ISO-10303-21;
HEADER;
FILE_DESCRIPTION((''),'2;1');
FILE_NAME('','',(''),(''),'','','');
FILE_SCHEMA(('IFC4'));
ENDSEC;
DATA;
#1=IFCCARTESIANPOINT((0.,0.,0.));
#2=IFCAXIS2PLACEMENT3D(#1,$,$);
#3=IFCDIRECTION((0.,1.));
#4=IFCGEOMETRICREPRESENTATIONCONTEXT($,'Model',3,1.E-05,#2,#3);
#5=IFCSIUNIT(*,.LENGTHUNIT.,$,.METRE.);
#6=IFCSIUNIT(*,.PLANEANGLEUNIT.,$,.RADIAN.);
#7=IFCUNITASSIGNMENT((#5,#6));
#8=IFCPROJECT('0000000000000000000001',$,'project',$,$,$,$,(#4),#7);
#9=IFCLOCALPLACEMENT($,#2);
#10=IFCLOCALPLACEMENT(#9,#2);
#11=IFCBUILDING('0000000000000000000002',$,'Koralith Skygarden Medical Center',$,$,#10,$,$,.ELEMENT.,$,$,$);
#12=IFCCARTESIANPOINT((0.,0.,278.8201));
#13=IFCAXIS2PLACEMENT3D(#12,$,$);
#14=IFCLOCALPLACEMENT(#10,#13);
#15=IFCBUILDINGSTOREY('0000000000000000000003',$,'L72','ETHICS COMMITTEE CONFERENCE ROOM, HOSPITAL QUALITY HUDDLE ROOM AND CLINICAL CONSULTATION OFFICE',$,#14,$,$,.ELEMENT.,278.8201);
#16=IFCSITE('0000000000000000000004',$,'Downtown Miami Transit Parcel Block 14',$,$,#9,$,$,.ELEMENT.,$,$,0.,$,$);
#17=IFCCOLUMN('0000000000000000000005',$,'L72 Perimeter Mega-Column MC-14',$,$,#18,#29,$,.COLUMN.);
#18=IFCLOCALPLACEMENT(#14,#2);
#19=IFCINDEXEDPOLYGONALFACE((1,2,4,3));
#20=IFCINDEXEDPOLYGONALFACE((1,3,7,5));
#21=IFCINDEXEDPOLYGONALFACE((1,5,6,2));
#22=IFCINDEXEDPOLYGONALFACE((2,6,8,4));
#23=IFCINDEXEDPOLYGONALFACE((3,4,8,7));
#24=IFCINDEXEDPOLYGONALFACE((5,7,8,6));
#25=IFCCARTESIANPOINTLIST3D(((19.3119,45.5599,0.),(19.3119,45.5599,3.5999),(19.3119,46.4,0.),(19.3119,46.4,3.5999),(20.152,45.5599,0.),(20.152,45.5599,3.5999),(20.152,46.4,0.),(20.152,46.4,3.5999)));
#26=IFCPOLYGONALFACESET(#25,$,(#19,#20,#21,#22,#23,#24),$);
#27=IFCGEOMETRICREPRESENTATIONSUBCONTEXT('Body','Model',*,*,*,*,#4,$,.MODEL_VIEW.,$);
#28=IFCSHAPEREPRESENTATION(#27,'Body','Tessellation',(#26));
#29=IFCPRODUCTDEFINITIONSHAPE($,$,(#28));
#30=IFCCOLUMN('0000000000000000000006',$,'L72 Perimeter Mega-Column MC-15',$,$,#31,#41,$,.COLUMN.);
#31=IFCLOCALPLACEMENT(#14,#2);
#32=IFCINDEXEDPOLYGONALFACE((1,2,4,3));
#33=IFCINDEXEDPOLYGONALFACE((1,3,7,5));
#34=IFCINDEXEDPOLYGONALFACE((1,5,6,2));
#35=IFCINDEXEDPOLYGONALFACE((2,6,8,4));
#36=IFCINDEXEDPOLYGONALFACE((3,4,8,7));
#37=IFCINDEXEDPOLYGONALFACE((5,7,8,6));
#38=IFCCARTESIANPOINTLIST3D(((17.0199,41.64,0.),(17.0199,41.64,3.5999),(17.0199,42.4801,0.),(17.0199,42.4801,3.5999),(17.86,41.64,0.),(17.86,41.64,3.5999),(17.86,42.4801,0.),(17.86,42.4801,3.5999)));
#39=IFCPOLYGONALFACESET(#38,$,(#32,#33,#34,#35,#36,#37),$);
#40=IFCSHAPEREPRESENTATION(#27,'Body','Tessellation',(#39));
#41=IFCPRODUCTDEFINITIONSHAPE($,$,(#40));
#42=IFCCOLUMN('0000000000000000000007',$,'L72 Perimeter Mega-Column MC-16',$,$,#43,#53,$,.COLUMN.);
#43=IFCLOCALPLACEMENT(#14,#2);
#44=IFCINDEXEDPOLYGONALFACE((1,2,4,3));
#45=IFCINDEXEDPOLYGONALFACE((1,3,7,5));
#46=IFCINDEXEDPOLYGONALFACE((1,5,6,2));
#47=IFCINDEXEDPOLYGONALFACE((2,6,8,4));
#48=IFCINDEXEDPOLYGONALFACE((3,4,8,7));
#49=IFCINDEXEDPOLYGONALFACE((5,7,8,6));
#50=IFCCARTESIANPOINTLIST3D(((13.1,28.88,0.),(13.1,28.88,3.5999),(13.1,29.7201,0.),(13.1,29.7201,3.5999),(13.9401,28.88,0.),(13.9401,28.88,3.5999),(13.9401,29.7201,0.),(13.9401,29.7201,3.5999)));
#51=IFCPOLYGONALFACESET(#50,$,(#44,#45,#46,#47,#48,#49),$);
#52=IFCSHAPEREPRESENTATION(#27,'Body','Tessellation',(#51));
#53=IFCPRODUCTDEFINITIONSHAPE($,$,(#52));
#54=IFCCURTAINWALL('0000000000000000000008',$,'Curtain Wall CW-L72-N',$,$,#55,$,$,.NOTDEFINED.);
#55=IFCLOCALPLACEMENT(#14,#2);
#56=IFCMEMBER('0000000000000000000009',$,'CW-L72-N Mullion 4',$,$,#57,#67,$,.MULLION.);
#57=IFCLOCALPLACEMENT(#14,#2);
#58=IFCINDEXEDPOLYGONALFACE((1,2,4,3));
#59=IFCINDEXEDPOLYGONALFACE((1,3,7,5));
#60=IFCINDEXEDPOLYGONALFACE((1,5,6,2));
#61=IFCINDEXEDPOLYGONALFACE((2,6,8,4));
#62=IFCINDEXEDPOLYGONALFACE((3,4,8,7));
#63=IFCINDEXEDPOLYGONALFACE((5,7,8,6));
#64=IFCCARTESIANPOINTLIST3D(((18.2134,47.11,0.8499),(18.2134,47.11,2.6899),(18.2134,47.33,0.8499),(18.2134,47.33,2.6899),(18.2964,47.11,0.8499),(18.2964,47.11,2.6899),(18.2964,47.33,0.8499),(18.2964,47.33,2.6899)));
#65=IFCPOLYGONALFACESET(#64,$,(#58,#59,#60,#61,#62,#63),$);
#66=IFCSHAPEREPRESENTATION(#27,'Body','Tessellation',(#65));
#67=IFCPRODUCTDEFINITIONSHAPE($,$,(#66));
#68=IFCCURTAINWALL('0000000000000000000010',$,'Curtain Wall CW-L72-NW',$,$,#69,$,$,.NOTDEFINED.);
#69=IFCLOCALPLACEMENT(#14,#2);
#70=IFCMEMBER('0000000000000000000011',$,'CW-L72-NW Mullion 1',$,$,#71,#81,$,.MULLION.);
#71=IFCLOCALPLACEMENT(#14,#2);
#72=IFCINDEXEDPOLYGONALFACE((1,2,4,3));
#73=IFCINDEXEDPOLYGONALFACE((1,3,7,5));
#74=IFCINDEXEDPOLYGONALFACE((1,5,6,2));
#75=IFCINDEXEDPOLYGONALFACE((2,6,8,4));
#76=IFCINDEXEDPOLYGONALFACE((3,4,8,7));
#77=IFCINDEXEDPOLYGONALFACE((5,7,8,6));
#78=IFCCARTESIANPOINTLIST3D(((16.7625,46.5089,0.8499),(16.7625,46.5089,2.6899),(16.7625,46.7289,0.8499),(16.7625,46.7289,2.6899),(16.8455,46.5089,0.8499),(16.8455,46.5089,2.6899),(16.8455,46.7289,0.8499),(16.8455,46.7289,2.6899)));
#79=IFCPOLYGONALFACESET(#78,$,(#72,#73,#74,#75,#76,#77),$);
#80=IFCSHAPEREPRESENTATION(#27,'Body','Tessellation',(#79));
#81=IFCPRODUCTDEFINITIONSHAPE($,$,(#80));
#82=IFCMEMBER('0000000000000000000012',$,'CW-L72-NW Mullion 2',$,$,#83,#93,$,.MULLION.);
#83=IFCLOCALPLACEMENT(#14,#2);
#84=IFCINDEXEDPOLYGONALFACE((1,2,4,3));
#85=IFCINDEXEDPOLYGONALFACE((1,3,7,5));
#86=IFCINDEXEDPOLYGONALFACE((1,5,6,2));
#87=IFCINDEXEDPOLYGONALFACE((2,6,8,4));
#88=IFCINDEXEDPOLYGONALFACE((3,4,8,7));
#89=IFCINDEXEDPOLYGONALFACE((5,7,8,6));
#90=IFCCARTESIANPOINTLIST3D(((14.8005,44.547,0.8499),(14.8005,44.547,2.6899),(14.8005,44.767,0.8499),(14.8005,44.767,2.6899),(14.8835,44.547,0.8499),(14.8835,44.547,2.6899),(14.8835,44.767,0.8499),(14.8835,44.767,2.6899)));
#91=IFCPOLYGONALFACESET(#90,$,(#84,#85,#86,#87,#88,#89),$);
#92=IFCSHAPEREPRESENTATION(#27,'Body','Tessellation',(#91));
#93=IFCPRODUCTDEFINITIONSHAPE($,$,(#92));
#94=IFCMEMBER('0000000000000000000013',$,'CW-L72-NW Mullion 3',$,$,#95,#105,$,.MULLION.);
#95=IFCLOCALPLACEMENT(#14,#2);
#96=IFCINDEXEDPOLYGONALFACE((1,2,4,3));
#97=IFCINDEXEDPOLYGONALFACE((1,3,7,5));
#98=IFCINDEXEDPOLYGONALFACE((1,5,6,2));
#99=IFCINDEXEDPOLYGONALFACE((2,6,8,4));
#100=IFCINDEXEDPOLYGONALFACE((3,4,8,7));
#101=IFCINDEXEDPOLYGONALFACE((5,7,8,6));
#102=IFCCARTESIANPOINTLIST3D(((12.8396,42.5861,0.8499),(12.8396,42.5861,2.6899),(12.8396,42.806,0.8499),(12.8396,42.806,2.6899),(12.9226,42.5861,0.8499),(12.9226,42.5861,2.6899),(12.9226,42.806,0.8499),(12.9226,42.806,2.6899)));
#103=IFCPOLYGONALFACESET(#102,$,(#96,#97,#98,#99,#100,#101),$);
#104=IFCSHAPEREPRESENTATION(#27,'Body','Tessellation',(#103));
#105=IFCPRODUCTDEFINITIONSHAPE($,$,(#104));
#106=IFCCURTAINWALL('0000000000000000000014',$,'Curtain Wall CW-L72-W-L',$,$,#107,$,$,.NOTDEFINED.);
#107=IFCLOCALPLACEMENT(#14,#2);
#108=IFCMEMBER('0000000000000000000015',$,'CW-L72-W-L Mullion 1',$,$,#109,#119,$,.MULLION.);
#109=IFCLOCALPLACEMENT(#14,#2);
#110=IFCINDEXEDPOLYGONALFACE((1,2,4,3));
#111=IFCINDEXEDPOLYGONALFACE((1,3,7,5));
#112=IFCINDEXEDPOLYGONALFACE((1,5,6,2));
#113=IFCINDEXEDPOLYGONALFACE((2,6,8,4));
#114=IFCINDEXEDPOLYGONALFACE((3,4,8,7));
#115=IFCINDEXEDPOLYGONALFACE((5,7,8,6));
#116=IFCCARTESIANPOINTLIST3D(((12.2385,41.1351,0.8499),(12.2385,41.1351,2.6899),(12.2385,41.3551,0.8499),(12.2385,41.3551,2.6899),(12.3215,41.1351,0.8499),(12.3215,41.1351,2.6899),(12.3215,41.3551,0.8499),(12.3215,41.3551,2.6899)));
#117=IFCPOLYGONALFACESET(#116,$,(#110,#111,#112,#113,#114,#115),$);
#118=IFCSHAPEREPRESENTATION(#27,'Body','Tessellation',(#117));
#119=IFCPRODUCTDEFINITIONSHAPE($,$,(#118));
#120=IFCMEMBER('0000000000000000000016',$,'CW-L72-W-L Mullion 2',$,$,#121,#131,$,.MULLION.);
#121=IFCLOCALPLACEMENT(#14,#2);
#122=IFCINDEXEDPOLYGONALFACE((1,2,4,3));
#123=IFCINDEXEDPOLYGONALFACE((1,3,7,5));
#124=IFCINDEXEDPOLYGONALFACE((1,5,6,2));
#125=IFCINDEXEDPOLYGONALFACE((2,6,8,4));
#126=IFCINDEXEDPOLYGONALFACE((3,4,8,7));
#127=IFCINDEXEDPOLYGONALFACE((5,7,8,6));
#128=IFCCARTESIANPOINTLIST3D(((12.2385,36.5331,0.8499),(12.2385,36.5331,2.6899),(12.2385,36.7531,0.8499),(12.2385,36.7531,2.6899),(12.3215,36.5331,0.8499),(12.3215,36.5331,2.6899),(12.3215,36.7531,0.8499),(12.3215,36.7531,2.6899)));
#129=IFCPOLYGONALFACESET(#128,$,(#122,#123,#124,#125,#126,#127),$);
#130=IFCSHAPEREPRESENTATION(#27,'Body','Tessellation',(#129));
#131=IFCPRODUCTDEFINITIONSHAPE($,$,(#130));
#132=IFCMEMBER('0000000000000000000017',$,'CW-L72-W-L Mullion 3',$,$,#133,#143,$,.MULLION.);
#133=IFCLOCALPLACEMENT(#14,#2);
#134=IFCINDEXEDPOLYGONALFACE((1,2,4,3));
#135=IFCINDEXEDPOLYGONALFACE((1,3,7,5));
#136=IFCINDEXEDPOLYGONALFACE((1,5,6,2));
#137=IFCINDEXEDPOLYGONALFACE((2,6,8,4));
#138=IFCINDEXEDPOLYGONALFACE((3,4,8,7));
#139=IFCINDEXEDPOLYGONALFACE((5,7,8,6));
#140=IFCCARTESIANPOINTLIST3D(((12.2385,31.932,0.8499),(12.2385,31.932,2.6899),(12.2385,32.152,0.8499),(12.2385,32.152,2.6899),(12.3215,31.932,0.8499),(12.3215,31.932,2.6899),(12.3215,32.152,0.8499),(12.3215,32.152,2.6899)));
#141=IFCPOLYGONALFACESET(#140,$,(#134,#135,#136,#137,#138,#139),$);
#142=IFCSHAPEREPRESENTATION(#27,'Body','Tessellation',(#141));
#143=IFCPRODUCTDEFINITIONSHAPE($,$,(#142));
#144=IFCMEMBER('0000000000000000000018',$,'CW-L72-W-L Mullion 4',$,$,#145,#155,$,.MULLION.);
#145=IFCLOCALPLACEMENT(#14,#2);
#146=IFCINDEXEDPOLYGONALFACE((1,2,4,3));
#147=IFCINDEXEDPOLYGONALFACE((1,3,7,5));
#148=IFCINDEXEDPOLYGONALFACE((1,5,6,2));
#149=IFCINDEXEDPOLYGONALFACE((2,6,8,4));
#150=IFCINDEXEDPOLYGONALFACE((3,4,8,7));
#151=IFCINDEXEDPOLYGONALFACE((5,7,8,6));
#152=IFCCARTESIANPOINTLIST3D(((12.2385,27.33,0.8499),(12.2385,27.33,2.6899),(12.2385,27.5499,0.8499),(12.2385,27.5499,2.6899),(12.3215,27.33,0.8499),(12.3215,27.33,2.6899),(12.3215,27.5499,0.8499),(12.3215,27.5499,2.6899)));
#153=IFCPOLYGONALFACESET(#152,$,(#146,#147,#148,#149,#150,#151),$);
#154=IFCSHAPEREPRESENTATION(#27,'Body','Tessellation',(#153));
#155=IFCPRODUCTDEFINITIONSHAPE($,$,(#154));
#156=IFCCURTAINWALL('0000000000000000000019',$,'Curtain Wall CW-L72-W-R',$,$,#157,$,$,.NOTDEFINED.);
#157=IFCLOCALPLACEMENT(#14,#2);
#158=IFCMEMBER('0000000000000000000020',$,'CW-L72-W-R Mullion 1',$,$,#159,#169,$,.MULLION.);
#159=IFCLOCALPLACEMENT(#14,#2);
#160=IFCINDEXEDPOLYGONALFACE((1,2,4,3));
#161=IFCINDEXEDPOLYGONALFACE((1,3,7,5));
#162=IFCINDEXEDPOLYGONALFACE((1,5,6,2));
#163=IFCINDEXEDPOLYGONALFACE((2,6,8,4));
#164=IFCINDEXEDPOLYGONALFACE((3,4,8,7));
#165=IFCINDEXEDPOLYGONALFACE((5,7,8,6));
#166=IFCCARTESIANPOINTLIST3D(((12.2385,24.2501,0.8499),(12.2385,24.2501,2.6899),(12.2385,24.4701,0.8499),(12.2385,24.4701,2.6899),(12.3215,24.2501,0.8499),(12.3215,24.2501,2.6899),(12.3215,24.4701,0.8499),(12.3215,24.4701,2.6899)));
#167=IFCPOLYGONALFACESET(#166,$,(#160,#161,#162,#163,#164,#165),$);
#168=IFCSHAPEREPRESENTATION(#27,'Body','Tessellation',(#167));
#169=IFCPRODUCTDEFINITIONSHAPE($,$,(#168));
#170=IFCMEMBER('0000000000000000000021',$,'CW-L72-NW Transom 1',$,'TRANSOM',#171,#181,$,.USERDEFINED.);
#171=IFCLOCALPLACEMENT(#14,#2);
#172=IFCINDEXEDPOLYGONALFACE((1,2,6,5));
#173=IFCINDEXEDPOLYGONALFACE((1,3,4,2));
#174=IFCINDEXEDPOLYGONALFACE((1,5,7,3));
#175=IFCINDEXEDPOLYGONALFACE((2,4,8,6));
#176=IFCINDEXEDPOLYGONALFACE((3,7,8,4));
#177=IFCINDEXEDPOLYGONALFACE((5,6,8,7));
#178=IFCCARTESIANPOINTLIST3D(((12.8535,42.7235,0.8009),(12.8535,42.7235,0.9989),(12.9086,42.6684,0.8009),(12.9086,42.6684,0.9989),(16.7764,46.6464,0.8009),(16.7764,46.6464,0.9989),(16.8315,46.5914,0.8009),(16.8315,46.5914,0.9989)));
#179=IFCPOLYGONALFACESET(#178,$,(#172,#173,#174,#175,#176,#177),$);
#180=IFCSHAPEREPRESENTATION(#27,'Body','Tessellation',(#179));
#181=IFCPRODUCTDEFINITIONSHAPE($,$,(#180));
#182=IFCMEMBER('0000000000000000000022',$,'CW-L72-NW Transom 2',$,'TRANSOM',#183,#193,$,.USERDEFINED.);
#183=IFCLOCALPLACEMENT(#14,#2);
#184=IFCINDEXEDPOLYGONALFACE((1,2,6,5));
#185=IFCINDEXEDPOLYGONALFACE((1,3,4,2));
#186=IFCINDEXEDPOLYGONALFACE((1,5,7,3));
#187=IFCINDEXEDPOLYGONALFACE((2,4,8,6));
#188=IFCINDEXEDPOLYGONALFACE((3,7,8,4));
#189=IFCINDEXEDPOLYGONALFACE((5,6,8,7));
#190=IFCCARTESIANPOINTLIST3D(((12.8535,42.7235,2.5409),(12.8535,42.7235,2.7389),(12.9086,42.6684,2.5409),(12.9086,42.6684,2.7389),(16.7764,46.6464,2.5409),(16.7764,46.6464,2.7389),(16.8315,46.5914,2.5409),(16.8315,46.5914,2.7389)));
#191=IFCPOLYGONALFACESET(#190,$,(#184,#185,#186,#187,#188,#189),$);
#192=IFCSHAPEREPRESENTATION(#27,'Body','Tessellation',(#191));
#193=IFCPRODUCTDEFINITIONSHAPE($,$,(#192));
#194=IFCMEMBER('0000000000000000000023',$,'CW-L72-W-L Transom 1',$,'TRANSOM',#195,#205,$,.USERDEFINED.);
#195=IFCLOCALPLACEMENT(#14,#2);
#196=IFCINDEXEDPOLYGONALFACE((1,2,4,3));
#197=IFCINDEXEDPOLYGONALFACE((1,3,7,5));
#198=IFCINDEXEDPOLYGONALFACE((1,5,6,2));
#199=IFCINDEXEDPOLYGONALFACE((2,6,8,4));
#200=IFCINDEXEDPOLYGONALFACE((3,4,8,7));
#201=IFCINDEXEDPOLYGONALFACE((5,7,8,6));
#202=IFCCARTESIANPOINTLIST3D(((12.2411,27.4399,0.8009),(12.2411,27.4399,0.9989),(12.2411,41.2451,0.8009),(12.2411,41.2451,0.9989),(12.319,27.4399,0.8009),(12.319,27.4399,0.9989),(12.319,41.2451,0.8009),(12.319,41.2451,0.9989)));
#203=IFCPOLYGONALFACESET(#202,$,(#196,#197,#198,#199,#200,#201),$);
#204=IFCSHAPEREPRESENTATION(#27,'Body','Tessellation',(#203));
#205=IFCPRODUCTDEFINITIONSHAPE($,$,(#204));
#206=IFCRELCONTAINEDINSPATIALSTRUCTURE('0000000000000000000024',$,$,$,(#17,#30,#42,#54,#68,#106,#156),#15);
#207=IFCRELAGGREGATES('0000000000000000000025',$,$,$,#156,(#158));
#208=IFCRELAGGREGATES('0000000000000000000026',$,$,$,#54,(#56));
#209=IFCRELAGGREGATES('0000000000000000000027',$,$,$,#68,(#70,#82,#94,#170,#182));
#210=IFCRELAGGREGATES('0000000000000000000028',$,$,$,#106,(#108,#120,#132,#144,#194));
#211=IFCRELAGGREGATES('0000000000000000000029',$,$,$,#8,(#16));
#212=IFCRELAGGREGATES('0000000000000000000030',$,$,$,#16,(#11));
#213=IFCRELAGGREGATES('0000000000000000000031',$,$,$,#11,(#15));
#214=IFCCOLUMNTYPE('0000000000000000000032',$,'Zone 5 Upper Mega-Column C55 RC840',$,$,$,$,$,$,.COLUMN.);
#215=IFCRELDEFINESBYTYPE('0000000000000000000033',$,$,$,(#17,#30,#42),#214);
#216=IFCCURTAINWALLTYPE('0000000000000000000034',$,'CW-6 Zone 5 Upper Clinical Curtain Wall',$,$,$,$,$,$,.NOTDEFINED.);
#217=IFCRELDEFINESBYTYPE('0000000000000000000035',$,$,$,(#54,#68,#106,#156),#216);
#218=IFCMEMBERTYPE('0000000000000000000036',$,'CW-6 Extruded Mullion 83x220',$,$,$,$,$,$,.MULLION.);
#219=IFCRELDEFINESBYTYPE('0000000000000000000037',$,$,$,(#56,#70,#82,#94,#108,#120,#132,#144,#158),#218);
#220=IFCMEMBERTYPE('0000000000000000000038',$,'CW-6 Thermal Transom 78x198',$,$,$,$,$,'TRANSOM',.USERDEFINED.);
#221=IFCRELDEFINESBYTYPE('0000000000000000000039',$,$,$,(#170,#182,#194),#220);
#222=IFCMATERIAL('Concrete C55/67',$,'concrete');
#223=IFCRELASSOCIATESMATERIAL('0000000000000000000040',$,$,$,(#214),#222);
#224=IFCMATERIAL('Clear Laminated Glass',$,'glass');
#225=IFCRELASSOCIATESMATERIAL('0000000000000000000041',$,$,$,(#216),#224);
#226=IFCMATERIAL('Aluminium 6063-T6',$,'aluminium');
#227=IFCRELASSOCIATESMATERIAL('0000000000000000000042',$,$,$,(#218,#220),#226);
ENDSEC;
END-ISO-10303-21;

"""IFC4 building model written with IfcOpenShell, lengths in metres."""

from ifc_helpers import new_model, si_unit, direction, frame, origin, origin_2d, place, context, subcontext, project, spatial, rectangle, extrude, material, material_profile, profile_set, type_object, element, aggregate, save


model = new_model("IFC4")

# Units and contexts
model_context = context("Model", 3, precision=1e-05, world=origin(), true_north=direction((0.0, 1.0)))
body_context = subcontext(model_context, "Body", "Model", "MODEL_VIEW")
ifc_project = project(units=[si_unit("LENGTHUNIT", "METRE"), si_unit("PLANEANGLEUNIT", "RADIAN")], contexts=[model_context])

# Site, building, storey
site_placement = place(None, origin())
site = spatial("IfcSite", under=ifc_project, at=site_placement, Name="Downtown Miami Transit Parcel Block 14", CompositionType="ELEMENT", RefElevation=0.0)
building_placement = place(site_placement, origin())
building = spatial("IfcBuilding", under=site, at=building_placement, Name="Koralith Skygarden Medical Center", CompositionType="ELEMENT")
storey_placement = place(building_placement, frame((0.0, 0.0, 278.8201)))
storey = spatial("IfcBuildingStorey", under=building, at=storey_placement, Name="L72", Description="ETHICS COMMITTEE CONFERENCE ROOM, HOSPITAL QUALITY HUDDLE ROOM AND CLINICAL CONSULTATION OFFICE", CompositionType="ELEMENT", Elevation=278.8201)

# Columns
ifc_material_1 = material(Name="Concrete C55/67", Category="concrete")
ifc_material_profile_1 = material_profile(ifc_material_1, rectangle(XDim=0.8401, YDim=0.8401, at=origin_2d()), Name="RC840X840")
ifc_profile_set_1 = profile_set([ifc_material_profile_1], Name="Concrete C55/67")
column_type = type_object("IfcColumnType", Name="Zone 5 Upper Mega-Column C55 RC840", PredefinedType="COLUMN", material=ifc_profile_set_1)
for number, where, z_axis, x_axis, name in (
    (1, (19.7319, 45.98, 0.0), (0.0, 0.0, 1.0), (1.0, 0.0, 0.0), "L72 Perimeter Mega-Column MC-14"),
    (2, (17.4399, 42.0601, 0.0), (0.0, 0.0, 1.0), (1.0, 0.0, 0.0), "L72 Perimeter Mega-Column MC-15"),
    (3, (13.52, 29.3, 0.0), (0.0, 0.0, 1.0), (1.0, 0.0, 0.0), "L72 Perimeter Mega-Column MC-16"),
):
    element("IfcColumn", number, at=place(storey_placement, frame(where, z_axis=z_axis, x_axis=x_axis)), inside=storey, type_object=column_type, Name=name, PredefinedType="COLUMN", context=body_context, shape_type="SweptSolid", body=[
        extrude(rectangle(XDim=0.8401, YDim=0.8401, at=origin_2d()), origin(), (0.0, 0.0, 1.0), 3.5999),
    ])

# Curtain wall, member
ifc_material_2 = material(Name="Clear Laminated Glass", Category="glass")
curtain_wall_type = type_object("IfcCurtainWallType", Name="CW-6 Zone 5 Upper Clinical Curtain Wall", PredefinedType="NOTDEFINED", material=ifc_material_2)
curtain_wall_1_placement = place(storey_placement, origin())
curtain_wall_1 = element("IfcCurtainWall", 4, at=curtain_wall_1_placement, inside=storey, type_object=curtain_wall_type, Name="Curtain Wall CW-L72-N", PredefinedType="NOTDEFINED")
ifc_material_3 = material(Name="Aluminium 6063-T6", Category="aluminium")
ifc_material_profile_2 = material_profile(ifc_material_3, rectangle(XDim=0.083, YDim=0.22, at=origin_2d()), Name="MUL83X220")
ifc_profile_set_2 = profile_set([ifc_material_profile_2], Name="Aluminium 6063-T6")
member_type_1 = type_object("IfcMemberType", Name="CW-6 Extruded Mullion 83x220", PredefinedType="MULLION", material=ifc_profile_set_2)
member_1_placement = place(storey_placement, frame((18.2549, 47.22, 0.8499), z_axis=(0.0, 0.0, 1.0), x_axis=(1.0, 0.0, 0.0)))
member_1 = element("IfcMember", 5, at=member_1_placement, type_object=member_type_1, Name="CW-L72-N Mullion 4", PredefinedType="MULLION", context=body_context, shape_type="SweptSolid", body=[
    extrude(rectangle(XDim=0.083, YDim=0.22, at=origin_2d()), origin(), (0.0, 0.0, 1.0), 1.8401),
])

# Curtain walls, members
curtain_wall_2_placement = place(storey_placement, origin())
curtain_wall_2 = element("IfcCurtainWall", 6, at=curtain_wall_2_placement, inside=storey, type_object=curtain_wall_type, Name="Curtain Wall CW-L72-NW", PredefinedType="NOTDEFINED")
member_2_placement = place(storey_placement, frame((16.804, 46.6189, 0.8499), z_axis=(0.0, 0.0, 1.0), x_axis=(1.0, 0.0, 0.0)))
member_2 = element("IfcMember", 7, at=member_2_placement, type_object=member_type_1, Name="CW-L72-NW Mullion 1", PredefinedType="MULLION", context=body_context, shape_type="SweptSolid", body=[
    extrude(rectangle(XDim=0.083, YDim=0.22, at=origin_2d()), origin(), (0.0, 0.0, 1.0), 1.8401),
])
member_3_placement = place(storey_placement, frame((14.842, 44.657, 0.8499), z_axis=(0.0, 0.0, 1.0), x_axis=(1.0, 0.0, 0.0)))
member_3 = element("IfcMember", 8, at=member_3_placement, type_object=member_type_1, Name="CW-L72-NW Mullion 2", PredefinedType="MULLION", context=body_context, shape_type="SweptSolid", body=[
    extrude(rectangle(XDim=0.083, YDim=0.22, at=origin_2d()), origin(), (0.0, 0.0, 1.0), 1.8401),
])
member_4_placement = place(storey_placement, frame((12.8811, 42.696, 0.8499), z_axis=(0.0, 0.0, 1.0), x_axis=(1.0, 0.0, 0.0)))
member_4 = element("IfcMember", 9, at=member_4_placement, type_object=member_type_1, Name="CW-L72-NW Mullion 3", PredefinedType="MULLION", context=body_context, shape_type="SweptSolid", body=[
    extrude(rectangle(XDim=0.083, YDim=0.22, at=origin_2d()), origin(), (0.0, 0.0, 1.0), 1.8401),
])
curtain_wall_3_placement = place(storey_placement, origin())
curtain_wall_3 = element("IfcCurtainWall", 10, at=curtain_wall_3_placement, inside=storey, type_object=curtain_wall_type, Name="Curtain Wall CW-L72-W-L", PredefinedType="NOTDEFINED")
member_5_placement = place(storey_placement, frame((12.28, 41.2451, 0.8499), z_axis=(0.0, 0.0, 1.0), x_axis=(1.0, 0.0, 0.0)))
member_5 = element("IfcMember", 11, at=member_5_placement, type_object=member_type_1, Name="CW-L72-W-L Mullion 1", PredefinedType="MULLION", context=body_context, shape_type="SweptSolid", body=[
    extrude(rectangle(XDim=0.083, YDim=0.22, at=origin_2d()), origin(), (0.0, 0.0, 1.0), 1.8401),
])
member_6_placement = place(storey_placement, frame((12.28, 36.6431, 0.8499), z_axis=(0.0, 0.0, 1.0), x_axis=(1.0, 0.0, 0.0)))
member_6 = element("IfcMember", 12, at=member_6_placement, type_object=member_type_1, Name="CW-L72-W-L Mullion 2", PredefinedType="MULLION", context=body_context, shape_type="SweptSolid", body=[
    extrude(rectangle(XDim=0.083, YDim=0.22, at=origin_2d()), origin(), (0.0, 0.0, 1.0), 1.8401),
])
member_7_placement = place(storey_placement, frame((12.28, 32.042, 0.8499), z_axis=(0.0, 0.0, 1.0), x_axis=(1.0, 0.0, 0.0)))
member_7 = element("IfcMember", 13, at=member_7_placement, type_object=member_type_1, Name="CW-L72-W-L Mullion 3", PredefinedType="MULLION", context=body_context, shape_type="SweptSolid", body=[
    extrude(rectangle(XDim=0.083, YDim=0.22, at=origin_2d()), origin(), (0.0, 0.0, 1.0), 1.8401),
])
member_8_placement = place(storey_placement, frame((12.28, 27.4399, 0.8499), z_axis=(0.0, 0.0, 1.0), x_axis=(1.0, 0.0, 0.0)))
member_8 = element("IfcMember", 14, at=member_8_placement, type_object=member_type_1, Name="CW-L72-W-L Mullion 4", PredefinedType="MULLION", context=body_context, shape_type="SweptSolid", body=[
    extrude(rectangle(XDim=0.083, YDim=0.22, at=origin_2d()), origin(), (0.0, 0.0, 1.0), 1.8401),
])

# Curtain wall, member
curtain_wall_4_placement = place(storey_placement, origin())
curtain_wall_4 = element("IfcCurtainWall", 15, at=curtain_wall_4_placement, inside=storey, type_object=curtain_wall_type, Name="Curtain Wall CW-L72-W-R", PredefinedType="NOTDEFINED")
member_9_placement = place(storey_placement, frame((12.28, 24.3601, 0.8499), z_axis=(0.0, 0.0, 1.0), x_axis=(1.0, 0.0, 0.0)))
member_9 = element("IfcMember", 16, at=member_9_placement, type_object=member_type_1, Name="CW-L72-W-R Mullion 1", PredefinedType="MULLION", context=body_context, shape_type="SweptSolid", body=[
    extrude(rectangle(XDim=0.083, YDim=0.22, at=origin_2d()), origin(), (0.0, 0.0, 1.0), 1.8401),
])

# Members
ifc_material_profile_3 = material_profile(ifc_material_3, rectangle(XDim=0.0779, YDim=0.198, at=origin_2d()), Name="TRN78X198")
ifc_profile_set_3 = profile_set([ifc_material_profile_3], Name="Aluminium 6063-T6")
member_type_2 = type_object("IfcMemberType", Name="CW-6 Thermal Transom 78x198", ElementType="TRANSOM", PredefinedType="USERDEFINED", material=ifc_profile_set_3)
member_10_placement = place(storey_placement, frame((16.804, 46.6189, 0.8999), z_axis=(-0.707107, -0.707107, 0.0), x_axis=(0.707107, -0.707107, 0.0)))
member_10 = element("IfcMember", 17, at=member_10_placement, type_object=member_type_2, Name="CW-L72-NW Transom 1", ObjectType="TRANSOM", PredefinedType="USERDEFINED", context=body_context, shape_type="SweptSolid", body=[
    extrude(rectangle(XDim=0.0779, YDim=0.198, at=origin_2d()), origin(), (0.0, 0.0, 1.0), 5.5479),
])
member_11_placement = place(storey_placement, frame((16.804, 46.6189, 2.6399), z_axis=(-0.707107, -0.707107, 0.0), x_axis=(0.707107, -0.707107, 0.0)))
member_11 = element("IfcMember", 18, at=member_11_placement, type_object=member_type_2, Name="CW-L72-NW Transom 2", ObjectType="TRANSOM", PredefinedType="USERDEFINED", context=body_context, shape_type="SweptSolid", body=[
    extrude(rectangle(XDim=0.0779, YDim=0.198, at=origin_2d()), origin(), (0.0, 0.0, 1.0), 5.5479),
])
member_12_placement = place(storey_placement, frame((12.28, 41.2451, 0.8999), z_axis=(0.0, -1.0, 0.0), x_axis=(1.0, 0.0, 0.0)))
member_12 = element("IfcMember", 19, at=member_12_placement, type_object=member_type_2, Name="CW-L72-W-L Transom 1", ObjectType="TRANSOM", PredefinedType="USERDEFINED", context=body_context, shape_type="SweptSolid", body=[
    extrude(rectangle(XDim=0.0779, YDim=0.198, at=origin_2d()), origin(), (0.0, 0.0, 1.0), 13.8052),
])
aggregate(curtain_wall_4, [member_9])

aggregate(curtain_wall_1, [member_1])
aggregate(curtain_wall_2, [member_2, member_3, member_4, member_10, member_11])
aggregate(curtain_wall_3, [member_5, member_6, member_7, member_8, member_12])

save(model, "model.ifc")
